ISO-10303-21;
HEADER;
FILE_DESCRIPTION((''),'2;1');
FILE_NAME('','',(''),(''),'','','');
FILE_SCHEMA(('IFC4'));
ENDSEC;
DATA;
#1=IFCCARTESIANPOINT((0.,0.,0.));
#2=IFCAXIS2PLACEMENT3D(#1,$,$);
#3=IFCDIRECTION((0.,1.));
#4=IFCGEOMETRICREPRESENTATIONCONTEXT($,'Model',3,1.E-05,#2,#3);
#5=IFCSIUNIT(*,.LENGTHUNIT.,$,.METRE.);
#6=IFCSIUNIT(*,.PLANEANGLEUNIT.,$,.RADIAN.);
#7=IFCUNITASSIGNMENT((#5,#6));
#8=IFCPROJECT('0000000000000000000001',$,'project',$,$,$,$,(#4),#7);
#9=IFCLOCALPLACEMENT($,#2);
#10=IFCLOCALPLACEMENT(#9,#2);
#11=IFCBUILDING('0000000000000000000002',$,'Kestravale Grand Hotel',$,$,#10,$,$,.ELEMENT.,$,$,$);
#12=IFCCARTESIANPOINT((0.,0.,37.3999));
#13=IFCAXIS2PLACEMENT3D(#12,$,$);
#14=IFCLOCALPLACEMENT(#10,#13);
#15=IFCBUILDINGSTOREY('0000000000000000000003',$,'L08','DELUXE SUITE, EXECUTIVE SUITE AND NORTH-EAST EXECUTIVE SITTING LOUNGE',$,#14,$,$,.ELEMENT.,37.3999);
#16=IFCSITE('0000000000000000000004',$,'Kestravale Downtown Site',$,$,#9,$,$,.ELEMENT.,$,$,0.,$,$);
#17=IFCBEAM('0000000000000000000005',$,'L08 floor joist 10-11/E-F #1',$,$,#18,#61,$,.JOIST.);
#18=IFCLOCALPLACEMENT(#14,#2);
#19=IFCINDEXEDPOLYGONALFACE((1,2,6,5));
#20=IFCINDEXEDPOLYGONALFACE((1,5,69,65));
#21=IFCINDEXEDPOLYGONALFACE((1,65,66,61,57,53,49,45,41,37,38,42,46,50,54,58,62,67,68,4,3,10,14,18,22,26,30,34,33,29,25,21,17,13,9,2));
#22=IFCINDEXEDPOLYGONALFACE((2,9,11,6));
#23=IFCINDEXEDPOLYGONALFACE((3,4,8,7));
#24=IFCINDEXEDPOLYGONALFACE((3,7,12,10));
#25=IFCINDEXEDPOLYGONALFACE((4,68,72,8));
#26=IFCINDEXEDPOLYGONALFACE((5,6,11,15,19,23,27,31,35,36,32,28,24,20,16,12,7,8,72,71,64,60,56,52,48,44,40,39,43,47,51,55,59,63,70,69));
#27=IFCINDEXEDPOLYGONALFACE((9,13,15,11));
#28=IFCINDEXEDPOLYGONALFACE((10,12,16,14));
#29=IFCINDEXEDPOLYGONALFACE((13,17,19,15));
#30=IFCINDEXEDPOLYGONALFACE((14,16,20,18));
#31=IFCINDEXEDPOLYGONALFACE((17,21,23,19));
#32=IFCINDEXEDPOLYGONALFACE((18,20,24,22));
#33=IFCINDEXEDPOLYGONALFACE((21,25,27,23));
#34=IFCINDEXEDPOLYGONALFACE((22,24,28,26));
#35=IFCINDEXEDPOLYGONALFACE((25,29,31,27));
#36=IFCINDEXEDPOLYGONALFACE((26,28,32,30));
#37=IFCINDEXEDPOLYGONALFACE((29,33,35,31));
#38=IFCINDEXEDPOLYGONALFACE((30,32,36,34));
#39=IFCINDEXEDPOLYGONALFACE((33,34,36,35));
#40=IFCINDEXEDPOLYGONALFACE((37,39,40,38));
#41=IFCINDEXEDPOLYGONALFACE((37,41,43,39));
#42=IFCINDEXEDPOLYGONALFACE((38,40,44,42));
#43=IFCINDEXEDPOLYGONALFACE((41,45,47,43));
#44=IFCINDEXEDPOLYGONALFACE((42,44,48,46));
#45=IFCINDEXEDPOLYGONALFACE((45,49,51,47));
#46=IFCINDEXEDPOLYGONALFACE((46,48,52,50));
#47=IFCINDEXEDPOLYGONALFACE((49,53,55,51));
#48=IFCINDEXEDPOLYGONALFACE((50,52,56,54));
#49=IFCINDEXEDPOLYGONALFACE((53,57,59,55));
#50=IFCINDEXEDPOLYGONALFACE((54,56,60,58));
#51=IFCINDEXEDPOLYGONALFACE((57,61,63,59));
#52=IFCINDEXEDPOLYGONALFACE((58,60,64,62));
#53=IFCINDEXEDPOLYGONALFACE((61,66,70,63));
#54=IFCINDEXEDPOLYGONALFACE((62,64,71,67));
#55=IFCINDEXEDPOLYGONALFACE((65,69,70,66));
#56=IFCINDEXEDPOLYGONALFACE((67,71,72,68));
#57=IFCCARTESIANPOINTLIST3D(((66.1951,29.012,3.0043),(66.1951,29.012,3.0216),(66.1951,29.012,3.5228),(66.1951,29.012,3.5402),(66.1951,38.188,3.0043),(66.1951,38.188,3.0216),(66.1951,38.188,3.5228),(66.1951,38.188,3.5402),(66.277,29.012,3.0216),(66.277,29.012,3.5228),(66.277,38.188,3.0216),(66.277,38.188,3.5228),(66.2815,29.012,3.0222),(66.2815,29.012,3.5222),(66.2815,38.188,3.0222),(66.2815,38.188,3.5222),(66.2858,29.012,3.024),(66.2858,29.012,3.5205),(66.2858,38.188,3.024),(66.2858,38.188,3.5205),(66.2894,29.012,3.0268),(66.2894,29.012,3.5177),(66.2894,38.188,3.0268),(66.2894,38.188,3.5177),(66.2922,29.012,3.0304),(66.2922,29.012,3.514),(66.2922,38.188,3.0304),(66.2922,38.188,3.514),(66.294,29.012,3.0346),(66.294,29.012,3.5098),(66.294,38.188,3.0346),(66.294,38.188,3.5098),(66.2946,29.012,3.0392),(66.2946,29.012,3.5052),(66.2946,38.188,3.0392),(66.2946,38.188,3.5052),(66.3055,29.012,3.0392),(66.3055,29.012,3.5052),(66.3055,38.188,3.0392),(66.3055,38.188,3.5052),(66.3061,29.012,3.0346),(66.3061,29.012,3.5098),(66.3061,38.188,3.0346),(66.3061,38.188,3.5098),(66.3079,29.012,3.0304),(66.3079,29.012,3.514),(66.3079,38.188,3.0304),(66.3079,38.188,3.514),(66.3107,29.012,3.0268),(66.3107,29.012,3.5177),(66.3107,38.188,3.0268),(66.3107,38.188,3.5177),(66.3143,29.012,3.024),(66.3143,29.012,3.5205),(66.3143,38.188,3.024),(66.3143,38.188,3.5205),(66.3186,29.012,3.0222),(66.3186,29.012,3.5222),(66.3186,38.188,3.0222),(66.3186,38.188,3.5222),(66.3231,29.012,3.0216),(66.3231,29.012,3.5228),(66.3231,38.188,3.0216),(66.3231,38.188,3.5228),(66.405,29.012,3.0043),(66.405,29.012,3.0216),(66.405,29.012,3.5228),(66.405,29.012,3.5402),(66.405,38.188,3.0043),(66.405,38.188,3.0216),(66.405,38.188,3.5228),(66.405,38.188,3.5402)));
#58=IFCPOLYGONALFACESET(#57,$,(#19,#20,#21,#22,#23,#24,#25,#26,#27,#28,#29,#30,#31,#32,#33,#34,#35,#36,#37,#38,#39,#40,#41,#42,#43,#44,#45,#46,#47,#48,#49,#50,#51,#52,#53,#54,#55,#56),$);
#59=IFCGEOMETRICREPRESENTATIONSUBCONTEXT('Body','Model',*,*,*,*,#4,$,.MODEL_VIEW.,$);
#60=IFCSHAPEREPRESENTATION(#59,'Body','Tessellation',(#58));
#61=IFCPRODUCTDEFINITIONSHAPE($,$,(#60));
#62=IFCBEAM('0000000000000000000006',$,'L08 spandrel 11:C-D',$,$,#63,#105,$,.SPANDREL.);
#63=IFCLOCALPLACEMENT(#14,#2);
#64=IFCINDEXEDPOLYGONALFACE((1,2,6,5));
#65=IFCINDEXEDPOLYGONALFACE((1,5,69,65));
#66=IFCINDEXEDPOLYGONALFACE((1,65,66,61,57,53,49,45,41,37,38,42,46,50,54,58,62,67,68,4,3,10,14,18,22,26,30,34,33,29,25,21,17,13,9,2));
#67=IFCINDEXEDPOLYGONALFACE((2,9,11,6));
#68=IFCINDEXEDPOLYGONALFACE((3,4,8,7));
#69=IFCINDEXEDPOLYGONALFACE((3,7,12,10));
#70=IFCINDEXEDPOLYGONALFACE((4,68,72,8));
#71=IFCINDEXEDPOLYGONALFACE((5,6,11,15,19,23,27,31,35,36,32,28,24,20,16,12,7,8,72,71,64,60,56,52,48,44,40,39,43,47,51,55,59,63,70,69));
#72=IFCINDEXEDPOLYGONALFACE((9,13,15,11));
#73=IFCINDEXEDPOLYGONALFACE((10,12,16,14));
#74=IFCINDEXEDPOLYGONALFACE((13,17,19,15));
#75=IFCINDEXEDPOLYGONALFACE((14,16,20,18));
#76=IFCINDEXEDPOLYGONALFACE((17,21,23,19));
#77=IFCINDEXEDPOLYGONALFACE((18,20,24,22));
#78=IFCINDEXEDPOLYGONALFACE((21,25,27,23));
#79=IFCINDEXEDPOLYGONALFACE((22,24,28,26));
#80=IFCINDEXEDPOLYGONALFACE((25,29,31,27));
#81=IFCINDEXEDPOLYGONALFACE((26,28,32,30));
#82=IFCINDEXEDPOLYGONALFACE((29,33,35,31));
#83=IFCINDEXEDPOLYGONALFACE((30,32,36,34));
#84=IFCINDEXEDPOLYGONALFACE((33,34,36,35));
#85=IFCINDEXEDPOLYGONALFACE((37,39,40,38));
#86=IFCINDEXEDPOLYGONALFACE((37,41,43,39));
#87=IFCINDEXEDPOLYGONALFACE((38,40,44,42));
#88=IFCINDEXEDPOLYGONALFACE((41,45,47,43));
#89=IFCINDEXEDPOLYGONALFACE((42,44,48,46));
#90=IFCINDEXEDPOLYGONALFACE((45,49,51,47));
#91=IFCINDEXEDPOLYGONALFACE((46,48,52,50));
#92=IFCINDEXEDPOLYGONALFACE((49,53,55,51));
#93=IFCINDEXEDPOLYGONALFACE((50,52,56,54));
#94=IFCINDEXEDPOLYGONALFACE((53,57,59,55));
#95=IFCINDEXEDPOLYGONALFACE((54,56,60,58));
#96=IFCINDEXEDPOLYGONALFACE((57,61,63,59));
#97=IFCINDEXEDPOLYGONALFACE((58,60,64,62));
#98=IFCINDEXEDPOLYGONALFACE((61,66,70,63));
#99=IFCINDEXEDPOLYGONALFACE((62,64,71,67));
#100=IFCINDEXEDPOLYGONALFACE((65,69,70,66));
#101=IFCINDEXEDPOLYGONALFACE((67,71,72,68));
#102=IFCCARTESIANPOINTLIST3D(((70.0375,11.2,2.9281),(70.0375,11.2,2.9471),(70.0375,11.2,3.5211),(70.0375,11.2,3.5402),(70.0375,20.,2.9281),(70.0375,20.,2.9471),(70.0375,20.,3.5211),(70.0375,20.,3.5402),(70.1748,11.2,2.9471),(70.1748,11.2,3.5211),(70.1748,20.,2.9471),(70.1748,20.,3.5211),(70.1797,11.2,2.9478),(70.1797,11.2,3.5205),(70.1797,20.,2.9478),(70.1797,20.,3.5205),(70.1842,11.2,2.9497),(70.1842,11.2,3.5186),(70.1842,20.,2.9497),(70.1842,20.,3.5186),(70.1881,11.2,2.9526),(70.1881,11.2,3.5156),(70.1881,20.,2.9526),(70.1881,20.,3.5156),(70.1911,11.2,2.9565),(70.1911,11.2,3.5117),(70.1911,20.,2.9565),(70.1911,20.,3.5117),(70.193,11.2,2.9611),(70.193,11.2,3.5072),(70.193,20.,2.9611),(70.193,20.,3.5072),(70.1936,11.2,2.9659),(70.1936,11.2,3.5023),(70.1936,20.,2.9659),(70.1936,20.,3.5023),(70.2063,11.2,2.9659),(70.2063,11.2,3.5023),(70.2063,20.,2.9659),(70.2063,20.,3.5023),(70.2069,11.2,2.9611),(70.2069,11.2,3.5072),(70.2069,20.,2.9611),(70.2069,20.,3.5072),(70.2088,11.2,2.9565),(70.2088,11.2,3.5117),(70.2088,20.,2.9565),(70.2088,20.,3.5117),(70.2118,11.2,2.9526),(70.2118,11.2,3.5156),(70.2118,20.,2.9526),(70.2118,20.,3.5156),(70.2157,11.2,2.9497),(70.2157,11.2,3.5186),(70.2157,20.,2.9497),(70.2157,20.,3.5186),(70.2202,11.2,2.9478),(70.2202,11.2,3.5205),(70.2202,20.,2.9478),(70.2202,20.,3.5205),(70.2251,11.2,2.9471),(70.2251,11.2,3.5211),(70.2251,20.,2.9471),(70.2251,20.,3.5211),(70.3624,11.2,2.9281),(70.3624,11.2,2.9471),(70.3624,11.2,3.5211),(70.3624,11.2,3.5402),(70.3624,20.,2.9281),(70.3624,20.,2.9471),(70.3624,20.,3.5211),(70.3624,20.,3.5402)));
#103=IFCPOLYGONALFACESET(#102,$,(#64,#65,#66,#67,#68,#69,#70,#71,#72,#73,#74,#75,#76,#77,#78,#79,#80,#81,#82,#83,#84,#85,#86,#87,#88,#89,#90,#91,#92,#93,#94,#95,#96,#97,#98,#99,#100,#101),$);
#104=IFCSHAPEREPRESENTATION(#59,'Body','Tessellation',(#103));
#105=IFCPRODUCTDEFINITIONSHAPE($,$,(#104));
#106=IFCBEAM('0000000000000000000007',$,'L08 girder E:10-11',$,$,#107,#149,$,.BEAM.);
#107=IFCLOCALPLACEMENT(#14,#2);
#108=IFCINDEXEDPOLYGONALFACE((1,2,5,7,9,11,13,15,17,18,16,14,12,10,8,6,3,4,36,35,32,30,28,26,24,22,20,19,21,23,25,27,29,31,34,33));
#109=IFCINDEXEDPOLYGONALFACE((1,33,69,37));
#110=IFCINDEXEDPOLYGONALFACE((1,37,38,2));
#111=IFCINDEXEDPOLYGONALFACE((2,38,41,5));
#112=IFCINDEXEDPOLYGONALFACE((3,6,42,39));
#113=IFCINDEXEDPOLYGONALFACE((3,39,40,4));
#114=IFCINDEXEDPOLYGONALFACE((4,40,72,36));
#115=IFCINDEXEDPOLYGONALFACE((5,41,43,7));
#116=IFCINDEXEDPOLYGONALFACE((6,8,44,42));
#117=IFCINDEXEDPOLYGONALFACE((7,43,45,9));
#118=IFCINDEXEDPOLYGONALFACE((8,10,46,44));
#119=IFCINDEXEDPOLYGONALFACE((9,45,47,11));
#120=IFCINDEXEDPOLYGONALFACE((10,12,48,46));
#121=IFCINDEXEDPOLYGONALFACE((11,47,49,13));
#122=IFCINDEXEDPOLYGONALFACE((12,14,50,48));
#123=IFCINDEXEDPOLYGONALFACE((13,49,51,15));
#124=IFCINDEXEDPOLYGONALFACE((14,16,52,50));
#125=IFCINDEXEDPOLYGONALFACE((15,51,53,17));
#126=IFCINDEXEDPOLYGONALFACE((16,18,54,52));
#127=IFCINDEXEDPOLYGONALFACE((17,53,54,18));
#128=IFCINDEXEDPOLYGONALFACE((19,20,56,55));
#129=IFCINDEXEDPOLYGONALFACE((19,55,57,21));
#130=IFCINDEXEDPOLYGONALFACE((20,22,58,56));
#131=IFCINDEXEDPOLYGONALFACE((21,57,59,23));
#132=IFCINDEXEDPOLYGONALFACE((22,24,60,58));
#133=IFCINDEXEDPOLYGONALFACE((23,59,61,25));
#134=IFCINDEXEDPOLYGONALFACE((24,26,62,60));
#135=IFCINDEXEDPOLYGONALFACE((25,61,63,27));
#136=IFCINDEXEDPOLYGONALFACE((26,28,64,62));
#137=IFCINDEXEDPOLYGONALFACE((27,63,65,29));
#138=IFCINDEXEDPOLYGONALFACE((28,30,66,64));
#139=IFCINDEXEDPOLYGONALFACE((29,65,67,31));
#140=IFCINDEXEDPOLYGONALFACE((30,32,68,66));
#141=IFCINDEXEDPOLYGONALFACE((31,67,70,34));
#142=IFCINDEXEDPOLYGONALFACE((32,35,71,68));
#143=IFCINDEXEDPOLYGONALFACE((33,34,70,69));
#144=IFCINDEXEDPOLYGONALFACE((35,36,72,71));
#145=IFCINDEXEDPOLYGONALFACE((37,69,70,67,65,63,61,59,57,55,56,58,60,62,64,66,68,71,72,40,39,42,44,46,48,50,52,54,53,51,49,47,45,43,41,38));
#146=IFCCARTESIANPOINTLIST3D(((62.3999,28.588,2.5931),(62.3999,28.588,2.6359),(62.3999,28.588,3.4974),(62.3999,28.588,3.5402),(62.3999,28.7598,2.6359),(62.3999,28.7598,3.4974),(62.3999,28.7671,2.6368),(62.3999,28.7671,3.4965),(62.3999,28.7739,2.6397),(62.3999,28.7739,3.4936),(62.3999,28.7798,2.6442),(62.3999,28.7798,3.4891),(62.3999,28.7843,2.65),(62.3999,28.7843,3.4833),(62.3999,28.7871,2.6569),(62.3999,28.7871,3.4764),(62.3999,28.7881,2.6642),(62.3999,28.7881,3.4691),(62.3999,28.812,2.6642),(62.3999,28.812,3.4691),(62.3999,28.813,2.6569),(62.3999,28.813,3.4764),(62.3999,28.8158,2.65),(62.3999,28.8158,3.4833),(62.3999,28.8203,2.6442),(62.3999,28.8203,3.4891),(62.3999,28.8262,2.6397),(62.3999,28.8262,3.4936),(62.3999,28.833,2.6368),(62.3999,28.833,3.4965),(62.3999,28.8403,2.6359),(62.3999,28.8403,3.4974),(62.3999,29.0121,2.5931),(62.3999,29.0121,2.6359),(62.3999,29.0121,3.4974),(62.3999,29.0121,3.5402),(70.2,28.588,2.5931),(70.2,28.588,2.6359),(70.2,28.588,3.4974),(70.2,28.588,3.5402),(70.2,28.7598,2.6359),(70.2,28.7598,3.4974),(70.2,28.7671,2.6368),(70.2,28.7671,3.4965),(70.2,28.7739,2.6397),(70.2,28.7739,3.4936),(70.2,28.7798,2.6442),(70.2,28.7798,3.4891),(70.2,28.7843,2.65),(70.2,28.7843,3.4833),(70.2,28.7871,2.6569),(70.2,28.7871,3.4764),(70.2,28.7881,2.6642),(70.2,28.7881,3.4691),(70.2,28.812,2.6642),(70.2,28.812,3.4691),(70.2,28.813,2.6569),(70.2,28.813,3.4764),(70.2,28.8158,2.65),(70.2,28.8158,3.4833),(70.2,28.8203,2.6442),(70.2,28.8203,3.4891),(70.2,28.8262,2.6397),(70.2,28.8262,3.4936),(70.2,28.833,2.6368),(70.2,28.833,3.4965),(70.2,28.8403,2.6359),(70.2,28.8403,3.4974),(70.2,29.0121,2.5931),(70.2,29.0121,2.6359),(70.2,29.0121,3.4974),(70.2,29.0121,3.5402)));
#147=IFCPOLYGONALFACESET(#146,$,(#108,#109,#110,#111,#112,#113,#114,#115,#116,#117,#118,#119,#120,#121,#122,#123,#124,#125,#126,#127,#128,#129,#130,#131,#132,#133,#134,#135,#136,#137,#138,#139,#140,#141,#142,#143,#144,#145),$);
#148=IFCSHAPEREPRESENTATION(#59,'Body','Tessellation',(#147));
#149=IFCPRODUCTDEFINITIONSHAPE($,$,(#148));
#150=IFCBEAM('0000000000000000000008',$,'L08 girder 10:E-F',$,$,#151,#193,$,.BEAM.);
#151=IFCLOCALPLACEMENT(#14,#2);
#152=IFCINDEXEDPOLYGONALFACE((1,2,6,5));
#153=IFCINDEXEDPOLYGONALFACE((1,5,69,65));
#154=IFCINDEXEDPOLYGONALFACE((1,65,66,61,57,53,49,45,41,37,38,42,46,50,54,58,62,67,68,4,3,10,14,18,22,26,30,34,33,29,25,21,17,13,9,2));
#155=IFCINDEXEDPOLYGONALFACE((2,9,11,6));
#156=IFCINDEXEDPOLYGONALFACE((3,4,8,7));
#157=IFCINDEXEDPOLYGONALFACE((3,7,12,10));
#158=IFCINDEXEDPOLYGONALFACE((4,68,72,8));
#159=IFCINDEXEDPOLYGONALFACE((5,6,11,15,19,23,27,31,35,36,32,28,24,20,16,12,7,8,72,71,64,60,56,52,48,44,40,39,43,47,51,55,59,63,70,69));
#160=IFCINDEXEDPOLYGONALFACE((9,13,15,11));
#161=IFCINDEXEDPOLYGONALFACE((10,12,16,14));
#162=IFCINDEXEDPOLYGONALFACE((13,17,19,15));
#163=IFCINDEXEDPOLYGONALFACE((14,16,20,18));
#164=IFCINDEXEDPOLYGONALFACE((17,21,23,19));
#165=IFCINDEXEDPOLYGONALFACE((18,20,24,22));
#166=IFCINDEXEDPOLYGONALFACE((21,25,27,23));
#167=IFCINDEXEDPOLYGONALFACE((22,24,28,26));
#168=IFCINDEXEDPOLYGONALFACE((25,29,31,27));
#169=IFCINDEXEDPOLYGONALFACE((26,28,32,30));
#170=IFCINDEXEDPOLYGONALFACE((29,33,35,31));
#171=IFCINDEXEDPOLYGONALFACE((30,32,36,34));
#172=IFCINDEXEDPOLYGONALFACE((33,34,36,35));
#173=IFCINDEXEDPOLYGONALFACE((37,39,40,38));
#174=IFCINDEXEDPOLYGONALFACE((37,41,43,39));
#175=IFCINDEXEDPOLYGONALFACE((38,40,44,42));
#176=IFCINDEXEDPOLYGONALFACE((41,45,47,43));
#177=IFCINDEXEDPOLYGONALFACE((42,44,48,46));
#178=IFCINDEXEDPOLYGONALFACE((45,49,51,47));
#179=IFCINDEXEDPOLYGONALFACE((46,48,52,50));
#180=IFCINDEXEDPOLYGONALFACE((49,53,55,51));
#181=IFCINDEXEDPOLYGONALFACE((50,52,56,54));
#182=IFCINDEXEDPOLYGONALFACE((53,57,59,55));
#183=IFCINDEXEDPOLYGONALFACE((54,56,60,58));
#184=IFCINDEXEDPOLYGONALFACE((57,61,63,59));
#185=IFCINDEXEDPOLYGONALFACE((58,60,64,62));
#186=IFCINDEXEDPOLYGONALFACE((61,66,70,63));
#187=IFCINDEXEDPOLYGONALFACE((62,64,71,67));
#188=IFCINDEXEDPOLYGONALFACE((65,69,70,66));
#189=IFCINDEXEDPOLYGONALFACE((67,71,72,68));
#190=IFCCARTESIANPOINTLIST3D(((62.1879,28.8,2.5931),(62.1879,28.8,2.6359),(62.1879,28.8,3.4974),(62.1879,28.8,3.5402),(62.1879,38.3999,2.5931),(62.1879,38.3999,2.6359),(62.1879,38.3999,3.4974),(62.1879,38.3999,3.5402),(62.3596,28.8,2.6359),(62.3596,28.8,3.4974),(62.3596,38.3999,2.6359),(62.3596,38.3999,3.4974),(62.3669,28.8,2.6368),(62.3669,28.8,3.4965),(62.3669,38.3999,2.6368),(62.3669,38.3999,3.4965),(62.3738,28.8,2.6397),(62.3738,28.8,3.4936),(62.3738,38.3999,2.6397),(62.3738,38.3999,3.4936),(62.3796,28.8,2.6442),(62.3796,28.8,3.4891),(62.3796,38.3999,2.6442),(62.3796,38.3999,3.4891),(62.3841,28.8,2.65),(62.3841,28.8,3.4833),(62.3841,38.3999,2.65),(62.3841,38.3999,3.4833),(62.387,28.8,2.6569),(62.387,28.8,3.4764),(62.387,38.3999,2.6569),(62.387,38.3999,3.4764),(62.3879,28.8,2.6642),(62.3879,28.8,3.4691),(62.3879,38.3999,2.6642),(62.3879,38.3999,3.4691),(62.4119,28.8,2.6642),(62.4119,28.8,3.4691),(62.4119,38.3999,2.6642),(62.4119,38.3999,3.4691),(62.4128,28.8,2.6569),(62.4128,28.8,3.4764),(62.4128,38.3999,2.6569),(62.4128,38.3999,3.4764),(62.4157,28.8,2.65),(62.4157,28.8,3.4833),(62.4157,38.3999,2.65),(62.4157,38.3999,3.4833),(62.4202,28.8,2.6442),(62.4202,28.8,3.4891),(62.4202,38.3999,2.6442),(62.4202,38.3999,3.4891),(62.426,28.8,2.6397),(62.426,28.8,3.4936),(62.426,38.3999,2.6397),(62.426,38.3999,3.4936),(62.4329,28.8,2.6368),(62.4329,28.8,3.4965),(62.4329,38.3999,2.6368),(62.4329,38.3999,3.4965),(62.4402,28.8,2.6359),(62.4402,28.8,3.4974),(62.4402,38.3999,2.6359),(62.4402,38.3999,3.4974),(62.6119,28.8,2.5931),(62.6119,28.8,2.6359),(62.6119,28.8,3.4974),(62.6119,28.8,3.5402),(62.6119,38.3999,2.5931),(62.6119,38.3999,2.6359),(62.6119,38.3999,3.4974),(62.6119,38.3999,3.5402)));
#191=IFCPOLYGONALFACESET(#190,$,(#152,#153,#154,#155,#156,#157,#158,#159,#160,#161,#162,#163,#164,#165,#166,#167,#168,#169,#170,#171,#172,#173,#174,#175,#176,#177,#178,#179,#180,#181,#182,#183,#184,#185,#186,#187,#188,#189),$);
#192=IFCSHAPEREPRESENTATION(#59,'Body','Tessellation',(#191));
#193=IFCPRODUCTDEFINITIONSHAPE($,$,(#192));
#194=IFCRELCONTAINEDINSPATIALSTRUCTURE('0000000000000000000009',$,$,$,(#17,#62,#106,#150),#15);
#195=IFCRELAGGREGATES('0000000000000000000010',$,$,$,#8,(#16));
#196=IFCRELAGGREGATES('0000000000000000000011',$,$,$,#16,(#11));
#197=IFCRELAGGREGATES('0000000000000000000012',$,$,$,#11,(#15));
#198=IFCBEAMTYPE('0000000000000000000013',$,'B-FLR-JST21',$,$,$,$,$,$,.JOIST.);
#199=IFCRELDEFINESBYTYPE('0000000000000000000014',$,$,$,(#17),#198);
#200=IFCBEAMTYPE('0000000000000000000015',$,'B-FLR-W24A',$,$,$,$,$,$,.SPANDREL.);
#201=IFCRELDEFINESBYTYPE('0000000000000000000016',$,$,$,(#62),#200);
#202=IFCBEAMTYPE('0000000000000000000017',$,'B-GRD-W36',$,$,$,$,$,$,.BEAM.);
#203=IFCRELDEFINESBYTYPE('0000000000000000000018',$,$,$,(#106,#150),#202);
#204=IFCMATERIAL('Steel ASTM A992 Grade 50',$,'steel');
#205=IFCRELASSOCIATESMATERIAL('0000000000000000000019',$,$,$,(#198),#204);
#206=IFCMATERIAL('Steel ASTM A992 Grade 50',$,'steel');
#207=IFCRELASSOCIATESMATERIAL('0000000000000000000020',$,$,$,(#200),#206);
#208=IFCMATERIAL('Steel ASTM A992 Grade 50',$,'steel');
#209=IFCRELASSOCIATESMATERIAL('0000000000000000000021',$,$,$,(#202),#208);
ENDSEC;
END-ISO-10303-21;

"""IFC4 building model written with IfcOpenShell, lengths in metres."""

from ifc_helpers import new_model, si_unit, direction, frame, origin, origin_2d, place, context, subcontext, project, spatial, i_section, extrude, material, material_profile, profile_set, type_object, element, save


model = new_model("IFC4")

# Units and contexts
model_context = context("Model", 3, precision=1e-05, world=origin(), true_north=direction((0.0, 1.0)))
body_context = subcontext(model_context, "Body", "Model", "MODEL_VIEW")
ifc_project = project(units=[si_unit("LENGTHUNIT", "METRE"), si_unit("PLANEANGLEUNIT", "RADIAN")], contexts=[model_context])

# Site, building, storey
site_placement = place(None, origin())
site = spatial("IfcSite", under=ifc_project, at=site_placement, Name="Kestravale Downtown Site", CompositionType="ELEMENT", RefElevation=0.0)
building_placement = place(site_placement, origin())
building = spatial("IfcBuilding", under=site, at=building_placement, Name="Kestravale Grand Hotel", CompositionType="ELEMENT")
storey_placement = place(building_placement, frame((0.0, 0.0, 37.3999)))
storey = spatial("IfcBuildingStorey", under=building, at=storey_placement, Name="L08", Description="DELUXE SUITE, EXECUTIVE SUITE AND NORTH-EAST EXECUTIVE SITTING LOUNGE", CompositionType="ELEMENT", Elevation=37.3999)

# Beams
ifc_material_1 = material(Name="Steel ASTM A992 Grade 50", Category="steel")
ifc_material_profile_1 = material_profile(ifc_material_1, i_section(OverallWidth=0.21, OverallDepth=0.5359, WebThickness=0.011, FlangeThickness=0.0173, FilletRadius=0.0176, at=origin_2d()))
ifc_profile_set_1 = profile_set([ifc_material_profile_1], Name="Steel ASTM A992 Grade 50")
beam_type_1 = type_object("IfcBeamType", Name="B-FLR-JST21", PredefinedType="JOIST", material=ifc_profile_set_1)
beam_1_placement = place(storey_placement, frame((66.3, 29.012, 3.2722), z_axis=(0.0, 1.0, 0.0), x_axis=(-1.0, 0.0, 0.0)))
element("IfcBeam", 1, at=beam_1_placement, inside=storey, type_object=beam_type_1, Name="L08 floor joist 10-11/E-F #1", PredefinedType="JOIST", context=body_context, shape_type="SweptSolid", body=[
    extrude(i_section(OverallWidth=0.21, OverallDepth=0.5359, WebThickness=0.011, FlangeThickness=0.0173, FilletRadius=0.0176, at=origin_2d()), origin(), (0.0, 0.0, 1.0), 9.176),
])
ifc_material_2 = material(Name="Steel ASTM A992 Grade 50", Category="steel")
ifc_material_profile_2 = material_profile(ifc_material_2, i_section(OverallWidth=0.325, OverallDepth=0.6121, WebThickness=0.0127, FlangeThickness=0.019, FilletRadius=0.0188, at=origin_2d()))
ifc_profile_set_2 = profile_set([ifc_material_profile_2], Name="Steel ASTM A992 Grade 50")
beam_type_2 = type_object("IfcBeamType", Name="B-FLR-W24A", PredefinedType="SPANDREL", material=ifc_profile_set_2)
beam_2_placement = place(storey_placement, frame((70.2, 11.2, 3.2341), z_axis=(0.0, 1.0, 0.0), x_axis=(-1.0, 0.0, 0.0)))
element("IfcBeam", 2, at=beam_2_placement, inside=storey, type_object=beam_type_2, Name="L08 spandrel 11:C-D", PredefinedType="SPANDREL", context=body_context, shape_type="SweptSolid", body=[
    extrude(i_section(OverallWidth=0.325, OverallDepth=0.6121, WebThickness=0.0127, FlangeThickness=0.019, FilletRadius=0.0188, at=origin_2d()), origin(), (0.0, 0.0, 1.0), 8.8),
])
ifc_material_3 = material(Name="Steel ASTM A992 Grade 50", Category="steel")
ifc_material_profile_3 = material_profile(ifc_material_3, i_section(OverallWidth=0.4241, OverallDepth=0.947, WebThickness=0.0239, FlangeThickness=0.0427, FilletRadius=0.0283, at=origin_2d()))
ifc_profile_set_3 = profile_set([ifc_material_profile_3], Name="Steel ASTM A992 Grade 50")
beam_type_3 = type_object("IfcBeamType", Name="B-GRD-W36", PredefinedType="BEAM", material=ifc_profile_set_3)
beam_3_placement = place(storey_placement, frame((62.3999, 28.8, 3.0667), z_axis=(1.0, 0.0, 0.0), x_axis=(0.0, 1.0, 0.0)))
element("IfcBeam", 3, at=beam_3_placement, inside=storey, type_object=beam_type_3, Name="L08 girder E:10-11", PredefinedType="BEAM", context=body_context, shape_type="SweptSolid", body=[
    extrude(i_section(OverallWidth=0.4241, OverallDepth=0.947, WebThickness=0.0239, FlangeThickness=0.0427, FilletRadius=0.0283, at=origin_2d()), origin(), (0.0, 0.0, 1.0), 7.8),
])
beam_4_placement = place(storey_placement, frame((62.3999, 28.8, 3.0667), z_axis=(0.0, 1.0, 0.0), x_axis=(-1.0, 0.0, 0.0)))
element("IfcBeam", 4, at=beam_4_placement, inside=storey, type_object=beam_type_3, Name="L08 girder 10:E-F", PredefinedType="BEAM", context=body_context, shape_type="SweptSolid", body=[
    extrude(i_section(OverallWidth=0.4241, OverallDepth=0.947, WebThickness=0.0239, FlangeThickness=0.0427, FilletRadius=0.0283, at=origin_2d()), origin(), (0.0, 0.0, 1.0), 9.5999),
])

save(model, "model.ifc")
